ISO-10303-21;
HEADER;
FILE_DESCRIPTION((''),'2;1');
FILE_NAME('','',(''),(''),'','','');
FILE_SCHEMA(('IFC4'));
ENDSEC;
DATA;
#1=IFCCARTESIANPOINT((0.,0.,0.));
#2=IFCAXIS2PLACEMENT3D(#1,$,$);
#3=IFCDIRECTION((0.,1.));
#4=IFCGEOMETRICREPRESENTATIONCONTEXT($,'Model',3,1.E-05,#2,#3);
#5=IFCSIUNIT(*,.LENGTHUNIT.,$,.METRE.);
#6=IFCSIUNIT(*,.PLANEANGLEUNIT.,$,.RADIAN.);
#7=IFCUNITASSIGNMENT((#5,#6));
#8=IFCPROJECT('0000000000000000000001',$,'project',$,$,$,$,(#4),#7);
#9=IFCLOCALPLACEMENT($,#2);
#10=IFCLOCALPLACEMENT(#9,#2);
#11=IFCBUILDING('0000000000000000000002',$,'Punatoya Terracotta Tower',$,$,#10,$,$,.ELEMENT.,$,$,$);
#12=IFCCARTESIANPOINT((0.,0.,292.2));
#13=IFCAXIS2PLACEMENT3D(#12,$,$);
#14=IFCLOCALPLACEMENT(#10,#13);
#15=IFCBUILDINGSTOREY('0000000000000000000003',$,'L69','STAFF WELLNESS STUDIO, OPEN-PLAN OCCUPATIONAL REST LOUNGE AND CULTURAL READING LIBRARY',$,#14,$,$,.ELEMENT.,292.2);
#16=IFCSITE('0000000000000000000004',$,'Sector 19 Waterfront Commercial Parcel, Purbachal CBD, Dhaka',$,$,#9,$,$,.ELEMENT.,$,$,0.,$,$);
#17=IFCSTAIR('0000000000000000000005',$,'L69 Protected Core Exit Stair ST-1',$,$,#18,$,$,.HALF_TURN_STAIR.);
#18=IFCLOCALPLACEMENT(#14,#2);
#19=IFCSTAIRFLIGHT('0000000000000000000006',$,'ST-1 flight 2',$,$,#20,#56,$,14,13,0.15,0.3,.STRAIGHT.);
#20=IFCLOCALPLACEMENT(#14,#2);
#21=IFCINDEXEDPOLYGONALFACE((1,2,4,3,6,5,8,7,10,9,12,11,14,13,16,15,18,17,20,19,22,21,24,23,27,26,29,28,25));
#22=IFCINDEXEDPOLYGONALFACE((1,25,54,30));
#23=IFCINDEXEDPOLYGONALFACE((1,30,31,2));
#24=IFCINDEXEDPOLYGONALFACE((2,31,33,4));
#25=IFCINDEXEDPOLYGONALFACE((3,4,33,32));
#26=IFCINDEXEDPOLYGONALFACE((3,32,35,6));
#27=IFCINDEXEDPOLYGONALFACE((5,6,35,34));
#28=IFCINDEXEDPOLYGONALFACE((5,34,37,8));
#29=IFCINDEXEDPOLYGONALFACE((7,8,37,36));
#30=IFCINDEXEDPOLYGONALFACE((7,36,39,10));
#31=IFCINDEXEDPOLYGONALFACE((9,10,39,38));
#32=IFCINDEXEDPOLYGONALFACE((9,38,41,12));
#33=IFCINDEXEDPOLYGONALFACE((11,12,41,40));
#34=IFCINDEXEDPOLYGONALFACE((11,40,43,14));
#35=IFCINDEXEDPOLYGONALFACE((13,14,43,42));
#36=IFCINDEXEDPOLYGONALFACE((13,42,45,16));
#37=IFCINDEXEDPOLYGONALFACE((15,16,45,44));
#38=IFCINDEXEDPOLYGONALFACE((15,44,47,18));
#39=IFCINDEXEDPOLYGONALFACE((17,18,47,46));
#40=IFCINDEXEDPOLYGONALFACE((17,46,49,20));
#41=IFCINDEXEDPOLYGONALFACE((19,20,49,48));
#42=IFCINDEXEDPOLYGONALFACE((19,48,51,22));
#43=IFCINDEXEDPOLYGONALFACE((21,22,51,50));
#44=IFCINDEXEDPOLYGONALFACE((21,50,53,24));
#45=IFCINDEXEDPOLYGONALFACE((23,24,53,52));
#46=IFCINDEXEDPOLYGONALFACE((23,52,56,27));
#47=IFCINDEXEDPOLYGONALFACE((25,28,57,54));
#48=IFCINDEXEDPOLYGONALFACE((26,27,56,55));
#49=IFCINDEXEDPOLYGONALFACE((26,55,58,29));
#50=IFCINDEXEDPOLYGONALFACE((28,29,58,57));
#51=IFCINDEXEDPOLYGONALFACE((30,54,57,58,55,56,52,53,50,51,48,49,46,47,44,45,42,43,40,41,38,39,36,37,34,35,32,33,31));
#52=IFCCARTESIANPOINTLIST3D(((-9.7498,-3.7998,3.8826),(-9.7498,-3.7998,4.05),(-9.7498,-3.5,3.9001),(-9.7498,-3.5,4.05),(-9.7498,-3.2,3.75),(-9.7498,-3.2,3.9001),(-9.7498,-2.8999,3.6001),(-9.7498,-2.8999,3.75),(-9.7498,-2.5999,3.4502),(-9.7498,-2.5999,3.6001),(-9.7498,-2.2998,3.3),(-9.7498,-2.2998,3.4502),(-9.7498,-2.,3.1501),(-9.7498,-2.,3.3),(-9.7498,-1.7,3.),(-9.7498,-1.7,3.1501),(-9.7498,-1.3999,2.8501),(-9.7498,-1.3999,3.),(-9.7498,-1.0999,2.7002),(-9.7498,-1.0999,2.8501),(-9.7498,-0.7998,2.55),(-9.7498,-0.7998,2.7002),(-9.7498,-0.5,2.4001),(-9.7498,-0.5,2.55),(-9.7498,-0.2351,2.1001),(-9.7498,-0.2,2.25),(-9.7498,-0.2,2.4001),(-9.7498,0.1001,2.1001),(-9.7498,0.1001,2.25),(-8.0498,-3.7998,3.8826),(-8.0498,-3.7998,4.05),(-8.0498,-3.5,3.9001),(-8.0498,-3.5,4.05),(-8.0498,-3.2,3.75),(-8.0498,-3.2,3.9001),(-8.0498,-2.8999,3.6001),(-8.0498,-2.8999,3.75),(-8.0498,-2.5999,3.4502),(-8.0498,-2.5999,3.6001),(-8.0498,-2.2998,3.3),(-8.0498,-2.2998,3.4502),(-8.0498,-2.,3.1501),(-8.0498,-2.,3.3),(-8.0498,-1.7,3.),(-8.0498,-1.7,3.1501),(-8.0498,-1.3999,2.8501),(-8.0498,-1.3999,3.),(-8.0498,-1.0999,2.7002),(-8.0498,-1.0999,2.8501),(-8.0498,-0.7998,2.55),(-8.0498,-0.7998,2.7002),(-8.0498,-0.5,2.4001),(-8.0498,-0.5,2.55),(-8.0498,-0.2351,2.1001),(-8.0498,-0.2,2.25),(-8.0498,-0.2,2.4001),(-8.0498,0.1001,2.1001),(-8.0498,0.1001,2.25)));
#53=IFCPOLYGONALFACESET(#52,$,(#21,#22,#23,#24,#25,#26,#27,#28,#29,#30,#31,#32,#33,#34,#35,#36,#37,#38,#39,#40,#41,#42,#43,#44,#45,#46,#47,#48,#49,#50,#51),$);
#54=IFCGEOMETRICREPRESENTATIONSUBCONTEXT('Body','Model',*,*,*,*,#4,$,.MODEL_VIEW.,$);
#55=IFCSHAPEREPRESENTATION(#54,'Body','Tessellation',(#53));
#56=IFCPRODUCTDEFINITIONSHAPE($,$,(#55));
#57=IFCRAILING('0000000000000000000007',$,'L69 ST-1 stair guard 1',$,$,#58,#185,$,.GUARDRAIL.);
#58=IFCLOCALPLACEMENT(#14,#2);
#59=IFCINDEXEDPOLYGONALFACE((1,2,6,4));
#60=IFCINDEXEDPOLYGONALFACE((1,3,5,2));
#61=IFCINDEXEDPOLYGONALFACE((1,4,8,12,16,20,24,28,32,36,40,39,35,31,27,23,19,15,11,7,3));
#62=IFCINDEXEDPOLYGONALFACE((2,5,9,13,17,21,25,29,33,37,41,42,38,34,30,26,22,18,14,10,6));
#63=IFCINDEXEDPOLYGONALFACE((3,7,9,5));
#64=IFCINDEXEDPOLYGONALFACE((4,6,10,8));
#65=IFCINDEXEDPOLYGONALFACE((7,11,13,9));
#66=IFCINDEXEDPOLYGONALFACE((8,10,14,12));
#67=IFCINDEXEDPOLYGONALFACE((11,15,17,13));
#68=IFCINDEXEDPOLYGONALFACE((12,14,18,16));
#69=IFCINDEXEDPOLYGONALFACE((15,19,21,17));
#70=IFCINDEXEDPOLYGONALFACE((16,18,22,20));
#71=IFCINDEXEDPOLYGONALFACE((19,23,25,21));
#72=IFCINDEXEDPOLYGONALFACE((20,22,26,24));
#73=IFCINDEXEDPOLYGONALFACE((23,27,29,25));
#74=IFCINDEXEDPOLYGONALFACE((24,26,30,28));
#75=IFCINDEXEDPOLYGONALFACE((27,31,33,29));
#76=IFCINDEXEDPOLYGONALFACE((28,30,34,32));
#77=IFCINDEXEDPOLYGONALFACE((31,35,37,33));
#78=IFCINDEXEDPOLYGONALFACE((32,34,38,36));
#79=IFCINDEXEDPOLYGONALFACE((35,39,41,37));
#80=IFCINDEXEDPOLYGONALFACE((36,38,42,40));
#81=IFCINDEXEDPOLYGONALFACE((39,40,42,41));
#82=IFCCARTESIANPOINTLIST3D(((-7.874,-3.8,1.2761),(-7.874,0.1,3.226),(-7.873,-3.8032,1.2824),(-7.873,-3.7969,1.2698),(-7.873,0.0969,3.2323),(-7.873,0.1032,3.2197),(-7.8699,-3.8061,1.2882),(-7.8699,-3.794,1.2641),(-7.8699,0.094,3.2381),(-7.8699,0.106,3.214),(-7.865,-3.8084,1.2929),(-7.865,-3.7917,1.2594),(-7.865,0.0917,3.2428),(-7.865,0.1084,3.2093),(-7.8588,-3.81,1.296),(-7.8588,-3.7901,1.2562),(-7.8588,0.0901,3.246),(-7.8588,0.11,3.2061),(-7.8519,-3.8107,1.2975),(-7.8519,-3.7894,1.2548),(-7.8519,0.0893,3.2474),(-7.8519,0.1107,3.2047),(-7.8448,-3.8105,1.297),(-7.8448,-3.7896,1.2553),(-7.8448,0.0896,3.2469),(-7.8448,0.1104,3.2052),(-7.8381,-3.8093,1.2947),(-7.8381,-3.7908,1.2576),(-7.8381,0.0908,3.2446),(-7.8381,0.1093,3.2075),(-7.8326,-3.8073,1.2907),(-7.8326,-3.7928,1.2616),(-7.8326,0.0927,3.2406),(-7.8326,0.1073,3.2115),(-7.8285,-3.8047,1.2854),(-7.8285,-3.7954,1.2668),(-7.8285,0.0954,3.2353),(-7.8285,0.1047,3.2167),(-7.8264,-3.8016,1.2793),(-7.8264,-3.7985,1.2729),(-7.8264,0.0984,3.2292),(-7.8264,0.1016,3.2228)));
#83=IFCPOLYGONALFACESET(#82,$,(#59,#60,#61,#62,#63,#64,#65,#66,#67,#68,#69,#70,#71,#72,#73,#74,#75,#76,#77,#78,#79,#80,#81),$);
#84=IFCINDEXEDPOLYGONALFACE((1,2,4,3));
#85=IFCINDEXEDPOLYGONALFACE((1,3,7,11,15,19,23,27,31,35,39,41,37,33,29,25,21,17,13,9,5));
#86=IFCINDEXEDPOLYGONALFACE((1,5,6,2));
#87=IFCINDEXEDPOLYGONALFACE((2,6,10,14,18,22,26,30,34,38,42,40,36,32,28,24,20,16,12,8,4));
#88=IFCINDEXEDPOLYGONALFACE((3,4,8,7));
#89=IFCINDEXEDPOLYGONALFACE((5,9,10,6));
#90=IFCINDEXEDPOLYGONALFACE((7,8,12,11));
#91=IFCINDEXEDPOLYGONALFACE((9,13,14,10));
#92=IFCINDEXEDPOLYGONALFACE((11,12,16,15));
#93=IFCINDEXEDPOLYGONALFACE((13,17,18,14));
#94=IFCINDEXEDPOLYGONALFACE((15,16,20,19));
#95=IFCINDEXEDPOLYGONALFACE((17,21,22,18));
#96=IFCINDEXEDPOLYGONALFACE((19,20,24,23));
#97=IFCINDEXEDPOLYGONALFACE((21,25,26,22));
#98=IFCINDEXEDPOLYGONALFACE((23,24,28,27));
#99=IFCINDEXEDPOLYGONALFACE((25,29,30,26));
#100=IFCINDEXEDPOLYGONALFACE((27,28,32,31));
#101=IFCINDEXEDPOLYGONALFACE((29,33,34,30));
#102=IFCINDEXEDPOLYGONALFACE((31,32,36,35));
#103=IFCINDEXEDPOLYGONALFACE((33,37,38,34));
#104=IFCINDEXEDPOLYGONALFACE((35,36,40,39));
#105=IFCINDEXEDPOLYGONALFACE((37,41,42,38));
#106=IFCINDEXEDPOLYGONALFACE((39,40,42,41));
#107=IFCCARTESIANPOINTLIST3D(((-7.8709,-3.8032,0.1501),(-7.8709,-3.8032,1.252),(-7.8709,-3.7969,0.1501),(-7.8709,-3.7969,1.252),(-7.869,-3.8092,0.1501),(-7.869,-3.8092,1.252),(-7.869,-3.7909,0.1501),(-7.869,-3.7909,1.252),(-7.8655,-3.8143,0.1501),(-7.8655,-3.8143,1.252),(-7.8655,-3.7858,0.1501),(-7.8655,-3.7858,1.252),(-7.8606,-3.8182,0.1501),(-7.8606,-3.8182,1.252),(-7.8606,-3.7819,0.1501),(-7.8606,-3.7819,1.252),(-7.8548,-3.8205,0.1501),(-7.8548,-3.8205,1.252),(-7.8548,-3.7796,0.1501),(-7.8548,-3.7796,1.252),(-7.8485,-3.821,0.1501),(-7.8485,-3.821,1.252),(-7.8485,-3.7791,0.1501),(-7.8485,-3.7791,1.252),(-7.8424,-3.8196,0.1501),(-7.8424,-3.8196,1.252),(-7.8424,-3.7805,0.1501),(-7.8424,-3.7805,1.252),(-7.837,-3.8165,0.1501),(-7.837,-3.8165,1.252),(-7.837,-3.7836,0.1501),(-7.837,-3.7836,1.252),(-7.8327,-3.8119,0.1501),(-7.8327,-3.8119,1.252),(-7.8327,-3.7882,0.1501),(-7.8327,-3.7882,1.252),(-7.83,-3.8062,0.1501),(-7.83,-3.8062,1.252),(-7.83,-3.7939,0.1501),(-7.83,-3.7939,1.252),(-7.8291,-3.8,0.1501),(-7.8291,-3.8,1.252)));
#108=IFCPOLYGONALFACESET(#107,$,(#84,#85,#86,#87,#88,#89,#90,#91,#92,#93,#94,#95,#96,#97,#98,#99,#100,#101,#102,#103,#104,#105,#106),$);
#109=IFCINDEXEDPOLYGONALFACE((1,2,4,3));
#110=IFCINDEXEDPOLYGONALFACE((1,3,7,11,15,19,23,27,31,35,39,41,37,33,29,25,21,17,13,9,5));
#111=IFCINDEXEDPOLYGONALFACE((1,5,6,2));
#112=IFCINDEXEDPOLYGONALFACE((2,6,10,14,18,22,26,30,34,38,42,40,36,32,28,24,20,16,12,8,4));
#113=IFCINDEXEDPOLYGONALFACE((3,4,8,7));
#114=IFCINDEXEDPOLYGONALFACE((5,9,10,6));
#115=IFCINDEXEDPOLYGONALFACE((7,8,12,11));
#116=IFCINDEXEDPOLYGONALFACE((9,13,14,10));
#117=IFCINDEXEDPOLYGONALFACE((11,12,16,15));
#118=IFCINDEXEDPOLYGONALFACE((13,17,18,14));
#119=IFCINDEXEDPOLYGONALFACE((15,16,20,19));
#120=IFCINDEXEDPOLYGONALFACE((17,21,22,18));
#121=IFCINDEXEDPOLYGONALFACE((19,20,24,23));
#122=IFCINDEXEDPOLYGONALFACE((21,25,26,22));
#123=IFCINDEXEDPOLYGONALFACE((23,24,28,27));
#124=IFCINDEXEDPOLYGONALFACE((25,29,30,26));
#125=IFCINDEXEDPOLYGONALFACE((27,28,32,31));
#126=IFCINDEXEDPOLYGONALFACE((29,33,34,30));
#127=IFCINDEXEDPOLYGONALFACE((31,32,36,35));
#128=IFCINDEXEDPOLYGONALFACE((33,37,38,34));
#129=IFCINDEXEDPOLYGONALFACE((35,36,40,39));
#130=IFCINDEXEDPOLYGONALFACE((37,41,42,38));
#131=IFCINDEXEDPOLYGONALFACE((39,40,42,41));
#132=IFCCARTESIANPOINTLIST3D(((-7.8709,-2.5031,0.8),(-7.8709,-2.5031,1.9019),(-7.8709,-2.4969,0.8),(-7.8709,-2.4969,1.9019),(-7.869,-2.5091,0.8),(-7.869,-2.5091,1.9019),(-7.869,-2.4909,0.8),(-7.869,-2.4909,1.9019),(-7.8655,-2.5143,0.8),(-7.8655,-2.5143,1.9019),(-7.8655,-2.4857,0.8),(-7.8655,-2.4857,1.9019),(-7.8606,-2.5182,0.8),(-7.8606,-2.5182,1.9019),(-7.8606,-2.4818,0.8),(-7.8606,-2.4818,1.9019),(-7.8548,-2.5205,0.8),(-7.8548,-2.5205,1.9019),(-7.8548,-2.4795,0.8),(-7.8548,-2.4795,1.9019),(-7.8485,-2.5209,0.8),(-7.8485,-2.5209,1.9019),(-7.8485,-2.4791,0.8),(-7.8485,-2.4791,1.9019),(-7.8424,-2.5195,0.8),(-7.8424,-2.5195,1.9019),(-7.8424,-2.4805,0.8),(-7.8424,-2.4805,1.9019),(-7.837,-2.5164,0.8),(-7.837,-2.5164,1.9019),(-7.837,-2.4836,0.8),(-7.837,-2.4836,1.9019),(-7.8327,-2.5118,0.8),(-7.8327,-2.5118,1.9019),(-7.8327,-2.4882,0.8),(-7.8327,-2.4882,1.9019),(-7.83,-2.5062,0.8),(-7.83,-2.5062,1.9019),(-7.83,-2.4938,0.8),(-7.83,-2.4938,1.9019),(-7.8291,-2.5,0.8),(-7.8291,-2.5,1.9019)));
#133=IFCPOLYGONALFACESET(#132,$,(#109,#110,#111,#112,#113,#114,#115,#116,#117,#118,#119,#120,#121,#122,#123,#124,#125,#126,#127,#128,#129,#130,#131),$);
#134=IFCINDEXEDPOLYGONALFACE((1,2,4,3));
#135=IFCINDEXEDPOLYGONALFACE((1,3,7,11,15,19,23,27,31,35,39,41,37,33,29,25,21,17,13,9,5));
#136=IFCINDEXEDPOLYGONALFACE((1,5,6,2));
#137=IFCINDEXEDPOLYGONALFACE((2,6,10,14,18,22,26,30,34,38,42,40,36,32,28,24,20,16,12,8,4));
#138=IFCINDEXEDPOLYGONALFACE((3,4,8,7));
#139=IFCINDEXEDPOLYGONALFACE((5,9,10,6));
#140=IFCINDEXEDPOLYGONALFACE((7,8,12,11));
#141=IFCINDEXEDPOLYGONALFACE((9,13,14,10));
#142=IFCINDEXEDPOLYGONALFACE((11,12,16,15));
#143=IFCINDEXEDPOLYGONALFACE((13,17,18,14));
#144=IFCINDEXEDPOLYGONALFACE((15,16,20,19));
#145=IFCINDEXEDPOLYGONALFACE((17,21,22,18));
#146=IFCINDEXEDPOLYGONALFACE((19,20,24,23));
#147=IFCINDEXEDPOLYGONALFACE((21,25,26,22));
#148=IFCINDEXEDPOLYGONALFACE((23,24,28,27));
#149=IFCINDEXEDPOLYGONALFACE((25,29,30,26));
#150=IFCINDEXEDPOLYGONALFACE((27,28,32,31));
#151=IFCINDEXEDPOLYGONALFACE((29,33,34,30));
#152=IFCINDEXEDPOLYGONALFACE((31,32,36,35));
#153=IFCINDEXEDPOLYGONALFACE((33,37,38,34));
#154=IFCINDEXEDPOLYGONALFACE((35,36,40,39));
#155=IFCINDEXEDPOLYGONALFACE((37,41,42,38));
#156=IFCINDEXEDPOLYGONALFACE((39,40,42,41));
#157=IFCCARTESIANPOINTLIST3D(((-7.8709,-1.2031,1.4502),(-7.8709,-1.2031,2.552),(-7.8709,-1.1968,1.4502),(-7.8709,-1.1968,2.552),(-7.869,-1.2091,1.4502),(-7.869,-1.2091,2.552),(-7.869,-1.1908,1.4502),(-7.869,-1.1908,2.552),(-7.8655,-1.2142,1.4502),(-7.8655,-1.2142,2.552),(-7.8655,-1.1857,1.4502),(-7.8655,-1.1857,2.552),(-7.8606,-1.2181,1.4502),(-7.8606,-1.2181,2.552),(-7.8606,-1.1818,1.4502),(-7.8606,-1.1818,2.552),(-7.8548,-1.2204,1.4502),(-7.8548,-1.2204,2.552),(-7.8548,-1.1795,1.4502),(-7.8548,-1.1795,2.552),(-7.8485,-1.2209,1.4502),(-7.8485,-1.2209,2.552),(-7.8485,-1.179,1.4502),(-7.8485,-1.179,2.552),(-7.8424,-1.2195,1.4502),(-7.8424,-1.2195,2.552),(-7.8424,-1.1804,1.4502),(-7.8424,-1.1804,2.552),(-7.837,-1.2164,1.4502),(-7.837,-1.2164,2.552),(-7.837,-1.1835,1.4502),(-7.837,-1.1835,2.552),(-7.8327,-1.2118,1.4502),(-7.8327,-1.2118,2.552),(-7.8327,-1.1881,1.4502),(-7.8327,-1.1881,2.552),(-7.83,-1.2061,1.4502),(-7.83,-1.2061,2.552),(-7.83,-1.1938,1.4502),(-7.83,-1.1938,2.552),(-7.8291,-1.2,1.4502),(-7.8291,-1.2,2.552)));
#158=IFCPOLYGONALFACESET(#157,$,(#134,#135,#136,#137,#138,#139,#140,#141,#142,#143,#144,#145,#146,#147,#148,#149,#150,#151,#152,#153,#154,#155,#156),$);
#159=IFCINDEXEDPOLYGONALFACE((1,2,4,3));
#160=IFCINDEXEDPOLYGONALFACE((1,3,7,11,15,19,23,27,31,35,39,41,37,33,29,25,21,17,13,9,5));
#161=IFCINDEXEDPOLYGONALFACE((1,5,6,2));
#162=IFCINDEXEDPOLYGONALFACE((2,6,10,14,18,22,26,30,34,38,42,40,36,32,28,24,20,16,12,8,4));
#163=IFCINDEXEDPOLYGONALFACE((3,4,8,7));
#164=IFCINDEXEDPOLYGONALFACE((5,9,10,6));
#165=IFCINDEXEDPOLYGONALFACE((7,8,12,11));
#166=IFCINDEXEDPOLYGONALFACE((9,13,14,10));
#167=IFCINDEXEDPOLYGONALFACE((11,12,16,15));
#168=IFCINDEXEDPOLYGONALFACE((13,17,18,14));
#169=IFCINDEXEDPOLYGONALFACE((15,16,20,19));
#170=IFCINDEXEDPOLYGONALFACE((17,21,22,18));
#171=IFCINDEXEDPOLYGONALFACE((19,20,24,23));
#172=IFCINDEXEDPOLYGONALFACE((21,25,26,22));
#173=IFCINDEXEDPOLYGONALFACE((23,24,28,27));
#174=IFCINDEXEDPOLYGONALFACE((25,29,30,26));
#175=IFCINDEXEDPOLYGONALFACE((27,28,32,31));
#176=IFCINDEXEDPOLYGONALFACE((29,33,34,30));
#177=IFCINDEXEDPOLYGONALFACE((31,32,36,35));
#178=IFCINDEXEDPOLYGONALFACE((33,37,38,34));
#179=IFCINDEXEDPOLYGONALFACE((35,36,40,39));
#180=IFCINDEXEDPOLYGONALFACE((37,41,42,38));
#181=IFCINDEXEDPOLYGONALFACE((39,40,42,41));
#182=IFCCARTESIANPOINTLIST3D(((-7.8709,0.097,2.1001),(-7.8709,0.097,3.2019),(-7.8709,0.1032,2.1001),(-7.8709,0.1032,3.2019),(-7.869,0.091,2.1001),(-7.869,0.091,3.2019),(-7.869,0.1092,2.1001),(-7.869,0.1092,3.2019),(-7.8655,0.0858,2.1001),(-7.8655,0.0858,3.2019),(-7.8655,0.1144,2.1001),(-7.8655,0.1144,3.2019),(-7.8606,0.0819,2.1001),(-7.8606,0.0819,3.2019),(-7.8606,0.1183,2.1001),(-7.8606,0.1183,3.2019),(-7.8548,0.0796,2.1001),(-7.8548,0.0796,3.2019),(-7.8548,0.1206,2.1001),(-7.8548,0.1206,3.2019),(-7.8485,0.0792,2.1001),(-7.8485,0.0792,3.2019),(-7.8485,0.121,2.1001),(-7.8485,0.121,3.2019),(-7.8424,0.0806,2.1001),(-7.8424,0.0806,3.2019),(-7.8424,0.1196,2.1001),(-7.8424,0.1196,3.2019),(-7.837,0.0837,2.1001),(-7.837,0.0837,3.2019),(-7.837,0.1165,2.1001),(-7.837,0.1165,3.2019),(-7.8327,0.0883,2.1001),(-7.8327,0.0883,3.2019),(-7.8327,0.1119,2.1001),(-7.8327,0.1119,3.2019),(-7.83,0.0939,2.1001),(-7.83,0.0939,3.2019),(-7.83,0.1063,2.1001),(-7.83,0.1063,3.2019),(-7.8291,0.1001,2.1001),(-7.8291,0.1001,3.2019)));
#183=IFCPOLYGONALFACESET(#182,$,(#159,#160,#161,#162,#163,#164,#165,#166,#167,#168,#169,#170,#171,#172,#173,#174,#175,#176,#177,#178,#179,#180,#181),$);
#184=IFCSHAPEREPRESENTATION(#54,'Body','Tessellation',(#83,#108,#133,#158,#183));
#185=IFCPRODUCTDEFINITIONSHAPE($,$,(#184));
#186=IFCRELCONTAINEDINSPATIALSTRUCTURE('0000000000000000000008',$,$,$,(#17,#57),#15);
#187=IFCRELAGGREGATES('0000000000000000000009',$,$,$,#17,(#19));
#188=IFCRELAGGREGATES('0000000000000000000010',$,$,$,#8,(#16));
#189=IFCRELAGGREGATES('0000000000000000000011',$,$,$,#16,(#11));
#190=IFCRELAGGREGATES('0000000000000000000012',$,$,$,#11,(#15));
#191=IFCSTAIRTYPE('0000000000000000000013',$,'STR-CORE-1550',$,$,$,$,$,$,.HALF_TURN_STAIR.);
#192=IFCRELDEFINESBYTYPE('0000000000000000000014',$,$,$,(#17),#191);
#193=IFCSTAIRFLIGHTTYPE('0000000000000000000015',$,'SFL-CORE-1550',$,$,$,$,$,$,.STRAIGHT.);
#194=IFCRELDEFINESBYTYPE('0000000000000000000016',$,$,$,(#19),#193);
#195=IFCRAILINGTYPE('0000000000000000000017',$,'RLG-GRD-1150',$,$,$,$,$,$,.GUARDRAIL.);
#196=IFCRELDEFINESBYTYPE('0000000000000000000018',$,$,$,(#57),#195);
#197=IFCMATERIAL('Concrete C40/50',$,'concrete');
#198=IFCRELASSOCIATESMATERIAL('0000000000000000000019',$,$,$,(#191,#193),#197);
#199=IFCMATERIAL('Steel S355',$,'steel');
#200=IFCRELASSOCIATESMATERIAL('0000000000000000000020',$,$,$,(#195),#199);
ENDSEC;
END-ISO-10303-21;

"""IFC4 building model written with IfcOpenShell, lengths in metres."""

from ifc_helpers import new_model, si_unit, direction, frame, origin, origin_2d, place, context, subcontext, project, spatial, polyline, circle, outline, extrude, material, type_object, element, aggregate, save


model = new_model("IFC4")

# Units and contexts
model_context = context("Model", 3, precision=1e-05, world=origin(), true_north=direction((0.0, 1.0)))
body_context = subcontext(model_context, "Body", "Model", "MODEL_VIEW")
ifc_project = project(units=[si_unit("LENGTHUNIT", "METRE"), si_unit("PLANEANGLEUNIT", "RADIAN")], contexts=[model_context])

# Site, building, storey
site_placement = place(None, origin())
site = spatial("IfcSite", under=ifc_project, at=site_placement, Name="Sector 19 Waterfront Commercial Parcel, Purbachal CBD, Dhaka", CompositionType="ELEMENT", RefElevation=0.0)
building_placement = place(site_placement, origin())
building = spatial("IfcBuilding", under=site, at=building_placement, Name="Punatoya Terracotta Tower", CompositionType="ELEMENT")
storey_placement = place(building_placement, frame((0.0, 0.0, 292.2)))
storey = spatial("IfcBuildingStorey", under=building, at=storey_placement, Name="L69", Description="STAFF WELLNESS STUDIO, OPEN-PLAN OCCUPATIONAL REST LOUNGE AND CULTURAL READING LIBRARY", CompositionType="ELEMENT", Elevation=292.2)

# Shared definitions
ifc_material_1 = material(Name="Steel S355", Category="steel")

# Shared definitions
ifc_material_2 = material(Name="Concrete C40/50", Category="concrete")

# Stair, stair flight
stair_type = type_object("IfcStairType", Name="STR-CORE-1550", PredefinedType="HALF_TURN_STAIR", material=ifc_material_2)
stair_placement = place(storey_placement, origin())
stair = element("IfcStair", 1, at=stair_placement, inside=storey, type_object=stair_type, Name="L69 Protected Core Exit Stair ST-1", PredefinedType="HALF_TURN_STAIR")
stair_flight_type = type_object("IfcStairFlightType", Name="SFL-CORE-1550", PredefinedType="STRAIGHT", material=ifc_material_2)
stair_flight_1_placement = place(storey_placement, frame((-8.8999, 0.1001, 2.1001), z_axis=(0.0, 0.0, 1.0), x_axis=(0.0, -1.0, 0.0)))
stair_flight_1 = element("IfcStairFlight", 2, at=stair_flight_1_placement, type_object=stair_flight_type, Name="ST-1 flight 2", NumberOfRisers=14, NumberOfTreads=13, PredefinedType="STRAIGHT", RiserHeight=0.15, TreadLength=0.3, context=body_context, shape_type="SweptSolid", body=[
    extrude(outline(polyline([(0.0, 0.0), (0.0, 0.1499), (0.3, 0.1499), (0.3, 0.3), (0.6001, 0.3), (0.6001, 0.45), (0.8999, 0.45), (0.8999, 0.6001), (1.2, 0.6001), (1.2, 0.75), (1.5, 0.75), (1.5, 0.8999), (1.8, 0.8999), (1.8, 1.05), (2.1001, 1.05), (2.1001, 1.2), (2.3999, 1.2), (2.3999, 1.3501), (2.7, 1.3501), (2.7, 1.5), (3.0, 1.5), (3.0, 1.6499), (3.3, 1.6499), (3.3, 1.8), (3.6001, 1.8), (3.6001, 1.95), (3.8999, 1.95), (3.8999, 2.1001), (3.8999, 1.7825), (0.3352, 0.0), (0.0, 0.0)])), frame((0.0, 0.8501, 0.0), z_axis=(0.0, -1.0, 0.0), x_axis=(1.0, 0.0, 0.0)), (0.0, 0.0, 1.0), 1.7),
])
aggregate(stair, [stair_flight_1])

# Railing
railing_type_1 = type_object("IfcRailingType", Name="RLG-GRD-1150", PredefinedType="GUARDRAIL", material=ifc_material_1)
railing_1_placement = place(storey_placement, frame((-7.8501, -3.8, 0.1501)))
element("IfcRailing", 3, at=railing_1_placement, inside=storey, type_object=railing_type_1, Name="L69 ST-1 stair guard 1", PredefinedType="GUARDRAIL", context=body_context, shape_type="SweptSolid", body=[
    extrude(circle(Radius=0.0239, at=origin_2d()), frame((0.0, 0.0, 1.126), z_axis=(0.0, 0.894438, 0.447191), x_axis=(-1.0, 0.0, 0.0)), (0.0, 0.0, 1.0), 4.3604),
    extrude(circle(Radius=0.021, at=origin_2d()), origin(), (0.0, 0.0, 1.0), 1.1018),
    extrude(circle(Radius=0.021, at=origin_2d()), frame((0.0, 1.3, 0.6499)), (0.0, 0.0, 1.0), 1.1018),
    extrude(circle(Radius=0.021, at=origin_2d()), frame((0.0, 2.6001, 1.3)), (0.0, 0.0, 1.0), 1.1018),
    extrude(circle(Radius=0.021, at=origin_2d()), frame((0.0, 3.9001, 1.95)), (0.0, 0.0, 1.0), 1.1018),
])

save(model, "model.ifc")
